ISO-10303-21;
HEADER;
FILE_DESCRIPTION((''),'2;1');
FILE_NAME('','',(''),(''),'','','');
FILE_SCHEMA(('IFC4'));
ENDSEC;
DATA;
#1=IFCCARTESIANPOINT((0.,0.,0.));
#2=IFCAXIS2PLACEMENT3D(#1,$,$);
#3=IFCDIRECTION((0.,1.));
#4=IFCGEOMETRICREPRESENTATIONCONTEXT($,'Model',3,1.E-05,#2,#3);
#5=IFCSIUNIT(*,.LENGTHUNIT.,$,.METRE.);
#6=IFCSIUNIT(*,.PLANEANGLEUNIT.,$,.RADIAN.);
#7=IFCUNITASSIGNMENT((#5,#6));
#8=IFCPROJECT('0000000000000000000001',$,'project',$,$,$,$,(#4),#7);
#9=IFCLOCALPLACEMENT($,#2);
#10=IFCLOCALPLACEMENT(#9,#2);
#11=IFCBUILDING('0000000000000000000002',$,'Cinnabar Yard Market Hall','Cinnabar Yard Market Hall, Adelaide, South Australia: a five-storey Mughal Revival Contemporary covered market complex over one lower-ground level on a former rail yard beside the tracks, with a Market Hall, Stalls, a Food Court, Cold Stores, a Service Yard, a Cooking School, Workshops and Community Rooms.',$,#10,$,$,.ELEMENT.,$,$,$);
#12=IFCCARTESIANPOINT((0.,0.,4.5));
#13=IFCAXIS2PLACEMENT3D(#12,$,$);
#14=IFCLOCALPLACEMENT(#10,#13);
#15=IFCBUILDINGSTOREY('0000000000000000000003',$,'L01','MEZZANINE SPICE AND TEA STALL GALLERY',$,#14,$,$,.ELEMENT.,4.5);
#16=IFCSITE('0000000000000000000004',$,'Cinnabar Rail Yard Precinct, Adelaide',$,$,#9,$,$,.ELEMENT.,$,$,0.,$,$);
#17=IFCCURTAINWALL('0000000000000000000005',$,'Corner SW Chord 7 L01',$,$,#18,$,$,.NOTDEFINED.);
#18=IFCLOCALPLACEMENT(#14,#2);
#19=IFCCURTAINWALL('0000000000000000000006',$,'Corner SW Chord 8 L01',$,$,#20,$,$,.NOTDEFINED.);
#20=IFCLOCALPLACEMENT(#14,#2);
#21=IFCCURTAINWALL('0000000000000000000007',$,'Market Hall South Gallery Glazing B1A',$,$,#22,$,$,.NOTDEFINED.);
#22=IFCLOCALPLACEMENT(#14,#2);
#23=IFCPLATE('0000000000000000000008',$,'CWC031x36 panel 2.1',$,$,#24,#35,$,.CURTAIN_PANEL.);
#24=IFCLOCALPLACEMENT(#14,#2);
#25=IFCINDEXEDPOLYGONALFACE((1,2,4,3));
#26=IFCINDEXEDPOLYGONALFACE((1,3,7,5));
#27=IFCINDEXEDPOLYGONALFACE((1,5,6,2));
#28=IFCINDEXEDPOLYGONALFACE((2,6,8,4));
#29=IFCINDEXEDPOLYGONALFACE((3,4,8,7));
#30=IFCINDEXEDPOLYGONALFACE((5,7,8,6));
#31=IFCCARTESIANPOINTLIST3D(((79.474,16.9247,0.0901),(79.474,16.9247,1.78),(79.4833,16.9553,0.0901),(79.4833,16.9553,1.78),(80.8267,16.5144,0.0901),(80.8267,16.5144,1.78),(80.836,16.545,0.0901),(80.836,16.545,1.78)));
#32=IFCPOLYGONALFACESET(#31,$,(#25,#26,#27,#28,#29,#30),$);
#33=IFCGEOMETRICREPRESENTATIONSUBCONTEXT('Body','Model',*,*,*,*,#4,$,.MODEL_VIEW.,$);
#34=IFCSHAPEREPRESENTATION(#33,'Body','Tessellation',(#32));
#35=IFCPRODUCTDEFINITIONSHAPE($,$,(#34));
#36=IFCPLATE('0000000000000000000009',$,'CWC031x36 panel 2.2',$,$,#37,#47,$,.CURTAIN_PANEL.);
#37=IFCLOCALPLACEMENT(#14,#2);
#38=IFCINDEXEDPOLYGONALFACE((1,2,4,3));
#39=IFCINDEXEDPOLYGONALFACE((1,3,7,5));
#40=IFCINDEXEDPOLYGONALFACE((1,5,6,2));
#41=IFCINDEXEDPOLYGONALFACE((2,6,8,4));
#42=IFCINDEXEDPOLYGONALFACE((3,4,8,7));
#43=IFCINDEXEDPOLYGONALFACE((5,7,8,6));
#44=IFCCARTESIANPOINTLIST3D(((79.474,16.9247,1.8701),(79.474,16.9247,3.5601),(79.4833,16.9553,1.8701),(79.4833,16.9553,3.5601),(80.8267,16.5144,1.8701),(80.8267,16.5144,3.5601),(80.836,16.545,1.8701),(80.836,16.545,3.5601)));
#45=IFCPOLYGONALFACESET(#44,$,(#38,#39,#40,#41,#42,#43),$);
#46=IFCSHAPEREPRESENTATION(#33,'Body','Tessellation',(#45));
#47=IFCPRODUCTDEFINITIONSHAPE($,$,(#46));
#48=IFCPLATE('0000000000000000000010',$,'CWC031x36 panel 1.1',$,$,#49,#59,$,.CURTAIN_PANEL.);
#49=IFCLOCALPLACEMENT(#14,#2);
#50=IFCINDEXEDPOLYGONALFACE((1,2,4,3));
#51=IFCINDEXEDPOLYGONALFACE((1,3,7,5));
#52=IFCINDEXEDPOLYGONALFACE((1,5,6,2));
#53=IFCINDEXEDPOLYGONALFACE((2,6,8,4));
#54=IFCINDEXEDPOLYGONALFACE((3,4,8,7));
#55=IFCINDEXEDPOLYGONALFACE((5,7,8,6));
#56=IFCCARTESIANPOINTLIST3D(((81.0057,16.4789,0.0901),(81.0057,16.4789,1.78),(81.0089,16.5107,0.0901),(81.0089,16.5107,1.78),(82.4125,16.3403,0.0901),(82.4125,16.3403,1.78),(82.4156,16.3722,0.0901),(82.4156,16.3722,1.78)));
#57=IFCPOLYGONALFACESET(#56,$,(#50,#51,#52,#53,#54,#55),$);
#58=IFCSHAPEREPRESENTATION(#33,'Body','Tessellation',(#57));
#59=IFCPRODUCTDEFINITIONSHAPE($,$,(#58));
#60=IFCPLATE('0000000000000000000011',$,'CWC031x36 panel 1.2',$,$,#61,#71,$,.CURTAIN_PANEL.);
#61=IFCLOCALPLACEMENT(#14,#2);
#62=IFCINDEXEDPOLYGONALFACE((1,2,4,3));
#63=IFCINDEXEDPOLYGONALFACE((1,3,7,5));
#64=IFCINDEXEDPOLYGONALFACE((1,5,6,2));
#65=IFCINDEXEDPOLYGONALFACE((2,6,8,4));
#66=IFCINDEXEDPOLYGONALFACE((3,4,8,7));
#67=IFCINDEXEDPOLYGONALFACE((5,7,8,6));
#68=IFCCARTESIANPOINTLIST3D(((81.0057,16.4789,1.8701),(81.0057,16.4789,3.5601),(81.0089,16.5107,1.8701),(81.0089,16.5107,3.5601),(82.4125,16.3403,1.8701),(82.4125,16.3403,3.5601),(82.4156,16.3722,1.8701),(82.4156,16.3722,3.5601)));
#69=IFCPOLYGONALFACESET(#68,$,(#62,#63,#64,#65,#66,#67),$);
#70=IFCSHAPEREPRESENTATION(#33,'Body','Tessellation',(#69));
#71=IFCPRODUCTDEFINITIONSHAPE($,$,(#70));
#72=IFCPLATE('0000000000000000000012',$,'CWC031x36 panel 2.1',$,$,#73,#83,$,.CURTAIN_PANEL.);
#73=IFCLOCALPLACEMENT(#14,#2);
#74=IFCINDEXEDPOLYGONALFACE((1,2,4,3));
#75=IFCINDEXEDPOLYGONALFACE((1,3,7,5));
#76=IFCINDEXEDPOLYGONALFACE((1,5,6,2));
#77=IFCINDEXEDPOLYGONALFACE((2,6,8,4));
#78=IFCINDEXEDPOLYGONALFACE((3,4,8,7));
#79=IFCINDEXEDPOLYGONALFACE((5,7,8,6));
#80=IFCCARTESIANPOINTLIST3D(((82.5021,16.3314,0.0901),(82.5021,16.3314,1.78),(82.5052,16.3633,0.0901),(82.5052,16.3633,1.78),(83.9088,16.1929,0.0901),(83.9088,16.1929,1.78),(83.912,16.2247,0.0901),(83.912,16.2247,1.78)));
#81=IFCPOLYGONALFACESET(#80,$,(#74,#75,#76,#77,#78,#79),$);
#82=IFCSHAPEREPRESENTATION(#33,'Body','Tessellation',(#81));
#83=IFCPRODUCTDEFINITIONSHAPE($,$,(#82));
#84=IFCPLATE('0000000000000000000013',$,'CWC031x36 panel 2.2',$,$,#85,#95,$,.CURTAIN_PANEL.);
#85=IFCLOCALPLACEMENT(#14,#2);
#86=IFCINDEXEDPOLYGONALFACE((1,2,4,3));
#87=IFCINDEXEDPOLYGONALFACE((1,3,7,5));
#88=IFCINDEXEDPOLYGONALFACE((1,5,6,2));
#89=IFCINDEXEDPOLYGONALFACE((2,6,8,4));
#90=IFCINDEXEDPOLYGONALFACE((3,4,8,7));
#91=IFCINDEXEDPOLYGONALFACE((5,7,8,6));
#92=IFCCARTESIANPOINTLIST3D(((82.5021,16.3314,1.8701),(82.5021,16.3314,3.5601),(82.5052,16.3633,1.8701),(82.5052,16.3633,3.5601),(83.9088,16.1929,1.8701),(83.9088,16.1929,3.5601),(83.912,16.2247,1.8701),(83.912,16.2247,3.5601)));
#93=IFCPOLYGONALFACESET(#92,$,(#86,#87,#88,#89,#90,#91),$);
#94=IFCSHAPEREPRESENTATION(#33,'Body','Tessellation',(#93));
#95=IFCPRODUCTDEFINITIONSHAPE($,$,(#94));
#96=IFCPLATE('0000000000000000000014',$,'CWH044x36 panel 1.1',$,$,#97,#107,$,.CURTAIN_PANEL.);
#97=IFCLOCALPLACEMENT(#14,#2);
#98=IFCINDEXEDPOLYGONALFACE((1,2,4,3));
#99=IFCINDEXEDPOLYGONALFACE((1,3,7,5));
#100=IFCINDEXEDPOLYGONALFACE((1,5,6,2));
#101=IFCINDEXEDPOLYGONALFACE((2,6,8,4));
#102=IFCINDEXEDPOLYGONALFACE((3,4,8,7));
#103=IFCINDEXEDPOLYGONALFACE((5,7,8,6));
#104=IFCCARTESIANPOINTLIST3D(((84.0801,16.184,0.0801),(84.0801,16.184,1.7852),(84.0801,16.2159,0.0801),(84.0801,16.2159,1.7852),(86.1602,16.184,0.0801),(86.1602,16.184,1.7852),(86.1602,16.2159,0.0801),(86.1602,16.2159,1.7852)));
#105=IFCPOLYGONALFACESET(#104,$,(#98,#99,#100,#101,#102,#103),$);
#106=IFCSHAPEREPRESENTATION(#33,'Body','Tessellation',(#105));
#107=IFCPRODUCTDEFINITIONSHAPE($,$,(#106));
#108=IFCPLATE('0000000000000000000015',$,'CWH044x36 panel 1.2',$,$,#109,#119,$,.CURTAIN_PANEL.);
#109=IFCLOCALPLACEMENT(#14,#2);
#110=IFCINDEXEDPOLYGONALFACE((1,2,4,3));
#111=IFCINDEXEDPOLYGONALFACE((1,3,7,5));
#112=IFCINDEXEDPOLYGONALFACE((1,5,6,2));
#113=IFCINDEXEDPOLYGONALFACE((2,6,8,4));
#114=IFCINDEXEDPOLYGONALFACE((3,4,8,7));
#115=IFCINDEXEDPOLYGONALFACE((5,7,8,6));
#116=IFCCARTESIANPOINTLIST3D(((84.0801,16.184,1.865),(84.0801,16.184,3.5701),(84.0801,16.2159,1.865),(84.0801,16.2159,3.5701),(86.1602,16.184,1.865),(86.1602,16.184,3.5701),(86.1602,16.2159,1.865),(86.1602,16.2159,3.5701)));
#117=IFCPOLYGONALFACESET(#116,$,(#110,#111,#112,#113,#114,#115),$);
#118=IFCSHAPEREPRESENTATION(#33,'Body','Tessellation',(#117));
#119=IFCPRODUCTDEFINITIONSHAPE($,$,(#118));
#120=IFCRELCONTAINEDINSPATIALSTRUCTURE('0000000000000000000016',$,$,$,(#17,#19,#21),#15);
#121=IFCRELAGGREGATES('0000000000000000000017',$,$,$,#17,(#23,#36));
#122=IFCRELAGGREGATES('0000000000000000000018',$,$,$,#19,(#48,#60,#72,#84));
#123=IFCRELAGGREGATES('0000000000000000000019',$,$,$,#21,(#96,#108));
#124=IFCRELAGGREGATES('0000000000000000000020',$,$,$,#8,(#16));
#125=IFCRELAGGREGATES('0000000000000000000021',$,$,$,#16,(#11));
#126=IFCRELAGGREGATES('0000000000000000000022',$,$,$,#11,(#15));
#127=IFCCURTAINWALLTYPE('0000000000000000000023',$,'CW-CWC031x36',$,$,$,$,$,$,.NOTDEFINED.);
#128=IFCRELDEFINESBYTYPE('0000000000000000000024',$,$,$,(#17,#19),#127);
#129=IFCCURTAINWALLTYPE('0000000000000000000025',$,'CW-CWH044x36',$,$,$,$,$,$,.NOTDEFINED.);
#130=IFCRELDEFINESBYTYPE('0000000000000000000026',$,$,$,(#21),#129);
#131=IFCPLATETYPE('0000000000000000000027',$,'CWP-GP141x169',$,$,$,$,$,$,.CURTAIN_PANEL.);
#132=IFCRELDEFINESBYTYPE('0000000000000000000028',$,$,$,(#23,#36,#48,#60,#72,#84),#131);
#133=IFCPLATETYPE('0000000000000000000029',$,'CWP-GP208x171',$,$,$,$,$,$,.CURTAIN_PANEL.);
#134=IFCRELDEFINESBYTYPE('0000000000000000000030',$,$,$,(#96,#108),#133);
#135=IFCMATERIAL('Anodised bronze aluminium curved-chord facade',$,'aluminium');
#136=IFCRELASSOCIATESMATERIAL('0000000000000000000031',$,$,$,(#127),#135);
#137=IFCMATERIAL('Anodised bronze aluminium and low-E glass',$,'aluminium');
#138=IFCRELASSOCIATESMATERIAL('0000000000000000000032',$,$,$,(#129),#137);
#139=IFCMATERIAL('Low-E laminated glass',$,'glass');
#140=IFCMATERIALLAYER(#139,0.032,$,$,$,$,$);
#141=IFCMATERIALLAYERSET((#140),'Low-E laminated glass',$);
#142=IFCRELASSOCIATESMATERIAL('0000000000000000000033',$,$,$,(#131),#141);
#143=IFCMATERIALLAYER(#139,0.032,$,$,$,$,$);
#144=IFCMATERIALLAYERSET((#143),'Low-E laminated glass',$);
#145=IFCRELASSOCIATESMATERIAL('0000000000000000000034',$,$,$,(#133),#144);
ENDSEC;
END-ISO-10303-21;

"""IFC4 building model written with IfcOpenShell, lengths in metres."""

from ifc_helpers import new_model, si_unit, direction, frame, origin, origin_2d_with_axis, place, context, subcontext, project, spatial, rectangle, extrude, material, layer, layer_set, type_object, element, aggregate, save


model = new_model("IFC4")

# Units and contexts
model_context = context("Model", 3, precision=1e-05, world=origin(), true_north=direction((0.0, 1.0)))
body_context = subcontext(model_context, "Body", "Model", "MODEL_VIEW")
ifc_project = project(units=[si_unit("LENGTHUNIT", "METRE"), si_unit("PLANEANGLEUNIT", "RADIAN")], contexts=[model_context])

# Site, building, storey
site_placement = place(None, origin())
site = spatial("IfcSite", under=ifc_project, at=site_placement, Name="Cinnabar Rail Yard Precinct, Adelaide", CompositionType="ELEMENT", RefElevation=0.0)
building_placement = place(site_placement, origin())
building = spatial("IfcBuilding", under=site, at=building_placement, Name="Cinnabar Yard Market Hall", Description="Cinnabar Yard Market Hall, Adelaide, South Australia: a five-storey Mughal Revival Contemporary covered market complex over one lower-ground level on a former rail yard beside the tracks, with a Market Hall, Stalls, a Food Court, Cold Stores, a Service Yard, a Cooking School, Workshops and Community Rooms.", CompositionType="ELEMENT")
storey_placement = place(building_placement, frame((0.0, 0.0, 4.5)))
storey = spatial("IfcBuildingStorey", under=building, at=storey_placement, Name="L01", Description="MEZZANINE SPICE AND TEA STALL GALLERY", CompositionType="ELEMENT", Elevation=4.5)

# Curtain walls
ifc_material_1 = material(Name="Anodised bronze aluminium curved-chord facade", Category="aluminium")
curtain_wall_type_1 = type_object("IfcCurtainWallType", Name="CW-CWC031x36", PredefinedType="NOTDEFINED", material=ifc_material_1)
curtain_wall_1_placement = place(storey_placement, origin())
curtain_wall_1 = element("IfcCurtainWall", 1, at=curtain_wall_1_placement, inside=storey, type_object=curtain_wall_type_1, Name="Corner SW Chord 7 L01", PredefinedType="NOTDEFINED")
curtain_wall_2_placement = place(storey_placement, origin())
curtain_wall_2 = element("IfcCurtainWall", 2, at=curtain_wall_2_placement, inside=storey, type_object=curtain_wall_type_1, Name="Corner SW Chord 8 L01", PredefinedType="NOTDEFINED")
ifc_material_2 = material(Name="Anodised bronze aluminium and low-E glass", Category="aluminium")
curtain_wall_type_2 = type_object("IfcCurtainWallType", Name="CW-CWH044x36", PredefinedType="NOTDEFINED", material=ifc_material_2)
curtain_wall_3_placement = place(storey_placement, origin())
curtain_wall_3 = element("IfcCurtainWall", 3, at=curtain_wall_3_placement, inside=storey, type_object=curtain_wall_type_2, Name="Market Hall South Gallery Glazing B1A", PredefinedType="NOTDEFINED")

# Plates
ifc_material_3 = material(Name="Low-E laminated glass", Category="glass")
ifc_layer_1 = layer(ifc_material_3, 0.032)
ifc_layer_set_1 = layer_set([ifc_layer_1], Name="Low-E laminated glass")
plate_type_1 = type_object("IfcPlateType", Name="CWP-GP141x169", PredefinedType="CURTAIN_PANEL", material=ifc_layer_set_1)
plate_1_placement = place(storey_placement, frame((80.155, 16.7349, 0.0901), z_axis=(0.0, 0.0, 1.0), x_axis=(0.956942, -0.290279, 0.0)))
plate_1 = element("IfcPlate", 4, at=plate_1_placement, type_object=plate_type_1, Name="CWC031x36 panel 2.1", PredefinedType="CURTAIN_PANEL", context=body_context, shape_type="SweptSolid", body=[
    extrude(rectangle(XDim=1.4136, YDim=0.032, at=origin_2d_with_axis()), origin(), (0.0, 0.0, 1.0), 1.6899),
])
plate_2_placement = place(storey_placement, frame((80.155, 16.7349, 1.8701), z_axis=(0.0, 0.0, 1.0), x_axis=(0.956942, -0.290279, 0.0)))
plate_2 = element("IfcPlate", 5, at=plate_2_placement, type_object=plate_type_1, Name="CWC031x36 panel 2.2", PredefinedType="CURTAIN_PANEL", context=body_context, shape_type="SweptSolid", body=[
    extrude(rectangle(XDim=1.4136, YDim=0.032, at=origin_2d_with_axis()), origin(), (0.0, 0.0, 1.0), 1.6899),
])
aggregate(curtain_wall_1, [plate_1, plate_2])
plate_3_placement = place(storey_placement, frame((81.7107, 16.4255, 0.0901), z_axis=(0.0, 0.0, 1.0), x_axis=(0.995184, -0.09802, 0.0)))
plate_3 = element("IfcPlate", 6, at=plate_3_placement, type_object=plate_type_1, Name="CWC031x36 panel 1.1", PredefinedType="CURTAIN_PANEL", context=body_context, shape_type="SweptSolid", body=[
    extrude(rectangle(XDim=1.4136, YDim=0.032, at=origin_2d_with_axis()), origin(), (0.0, 0.0, 1.0), 1.6899),
])
plate_4_placement = place(storey_placement, frame((81.7107, 16.4255, 1.8701), z_axis=(0.0, 0.0, 1.0), x_axis=(0.995184, -0.09802, 0.0)))
plate_4 = element("IfcPlate", 7, at=plate_4_placement, type_object=plate_type_1, Name="CWC031x36 panel 1.2", PredefinedType="CURTAIN_PANEL", context=body_context, shape_type="SweptSolid", body=[
    extrude(rectangle(XDim=1.4136, YDim=0.032, at=origin_2d_with_axis()), origin(), (0.0, 0.0, 1.0), 1.6899),
])
plate_5_placement = place(storey_placement, frame((83.207, 16.2781, 0.0901), z_axis=(0.0, 0.0, 1.0), x_axis=(0.995184, -0.09802, 0.0)))
plate_5 = element("IfcPlate", 8, at=plate_5_placement, type_object=plate_type_1, Name="CWC031x36 panel 2.1", PredefinedType="CURTAIN_PANEL", context=body_context, shape_type="SweptSolid", body=[
    extrude(rectangle(XDim=1.4136, YDim=0.032, at=origin_2d_with_axis()), origin(), (0.0, 0.0, 1.0), 1.6899),
])
plate_6_placement = place(storey_placement, frame((83.207, 16.2781, 1.8701), z_axis=(0.0, 0.0, 1.0), x_axis=(0.995184, -0.09802, 0.0)))
plate_6 = element("IfcPlate", 9, at=plate_6_placement, type_object=plate_type_1, Name="CWC031x36 panel 2.2", PredefinedType="CURTAIN_PANEL", context=body_context, shape_type="SweptSolid", body=[
    extrude(rectangle(XDim=1.4136, YDim=0.032, at=origin_2d_with_axis()), origin(), (0.0, 0.0, 1.0), 1.6899),
])
aggregate(curtain_wall_2, [plate_3, plate_4, plate_5, plate_6])
ifc_layer_2 = layer(ifc_material_3, 0.032)
ifc_layer_set_2 = layer_set([ifc_layer_2], Name="Low-E laminated glass")
plate_type_2 = type_object("IfcPlateType", Name="CWP-GP208x171", PredefinedType="CURTAIN_PANEL", material=ifc_layer_set_2)
plate_7_placement = place(storey_placement, frame((85.1201, 16.2, 0.0801), z_axis=(0.0, 0.0, 1.0), x_axis=(1.0, 0.0, 0.0)))
plate_7 = element("IfcPlate", 10, at=plate_7_placement, type_object=plate_type_2, Name="CWH044x36 panel 1.1", PredefinedType="CURTAIN_PANEL", context=body_context, shape_type="SweptSolid", body=[
    extrude(rectangle(XDim=2.0801, YDim=0.032, at=origin_2d_with_axis()), origin(), (0.0, 0.0, 1.0), 1.7051),
])
plate_8_placement = place(storey_placement, frame((85.1201, 16.2, 1.865), z_axis=(0.0, 0.0, 1.0), x_axis=(1.0, 0.0, 0.0)))
plate_8 = element("IfcPlate", 11, at=plate_8_placement, type_object=plate_type_2, Name="CWH044x36 panel 1.2", PredefinedType="CURTAIN_PANEL", context=body_context, shape_type="SweptSolid", body=[
    extrude(rectangle(XDim=2.0801, YDim=0.032, at=origin_2d_with_axis()), origin(), (0.0, 0.0, 1.0), 1.7051),
])
aggregate(curtain_wall_3, [plate_7, plate_8])

save(model, "model.ifc")
